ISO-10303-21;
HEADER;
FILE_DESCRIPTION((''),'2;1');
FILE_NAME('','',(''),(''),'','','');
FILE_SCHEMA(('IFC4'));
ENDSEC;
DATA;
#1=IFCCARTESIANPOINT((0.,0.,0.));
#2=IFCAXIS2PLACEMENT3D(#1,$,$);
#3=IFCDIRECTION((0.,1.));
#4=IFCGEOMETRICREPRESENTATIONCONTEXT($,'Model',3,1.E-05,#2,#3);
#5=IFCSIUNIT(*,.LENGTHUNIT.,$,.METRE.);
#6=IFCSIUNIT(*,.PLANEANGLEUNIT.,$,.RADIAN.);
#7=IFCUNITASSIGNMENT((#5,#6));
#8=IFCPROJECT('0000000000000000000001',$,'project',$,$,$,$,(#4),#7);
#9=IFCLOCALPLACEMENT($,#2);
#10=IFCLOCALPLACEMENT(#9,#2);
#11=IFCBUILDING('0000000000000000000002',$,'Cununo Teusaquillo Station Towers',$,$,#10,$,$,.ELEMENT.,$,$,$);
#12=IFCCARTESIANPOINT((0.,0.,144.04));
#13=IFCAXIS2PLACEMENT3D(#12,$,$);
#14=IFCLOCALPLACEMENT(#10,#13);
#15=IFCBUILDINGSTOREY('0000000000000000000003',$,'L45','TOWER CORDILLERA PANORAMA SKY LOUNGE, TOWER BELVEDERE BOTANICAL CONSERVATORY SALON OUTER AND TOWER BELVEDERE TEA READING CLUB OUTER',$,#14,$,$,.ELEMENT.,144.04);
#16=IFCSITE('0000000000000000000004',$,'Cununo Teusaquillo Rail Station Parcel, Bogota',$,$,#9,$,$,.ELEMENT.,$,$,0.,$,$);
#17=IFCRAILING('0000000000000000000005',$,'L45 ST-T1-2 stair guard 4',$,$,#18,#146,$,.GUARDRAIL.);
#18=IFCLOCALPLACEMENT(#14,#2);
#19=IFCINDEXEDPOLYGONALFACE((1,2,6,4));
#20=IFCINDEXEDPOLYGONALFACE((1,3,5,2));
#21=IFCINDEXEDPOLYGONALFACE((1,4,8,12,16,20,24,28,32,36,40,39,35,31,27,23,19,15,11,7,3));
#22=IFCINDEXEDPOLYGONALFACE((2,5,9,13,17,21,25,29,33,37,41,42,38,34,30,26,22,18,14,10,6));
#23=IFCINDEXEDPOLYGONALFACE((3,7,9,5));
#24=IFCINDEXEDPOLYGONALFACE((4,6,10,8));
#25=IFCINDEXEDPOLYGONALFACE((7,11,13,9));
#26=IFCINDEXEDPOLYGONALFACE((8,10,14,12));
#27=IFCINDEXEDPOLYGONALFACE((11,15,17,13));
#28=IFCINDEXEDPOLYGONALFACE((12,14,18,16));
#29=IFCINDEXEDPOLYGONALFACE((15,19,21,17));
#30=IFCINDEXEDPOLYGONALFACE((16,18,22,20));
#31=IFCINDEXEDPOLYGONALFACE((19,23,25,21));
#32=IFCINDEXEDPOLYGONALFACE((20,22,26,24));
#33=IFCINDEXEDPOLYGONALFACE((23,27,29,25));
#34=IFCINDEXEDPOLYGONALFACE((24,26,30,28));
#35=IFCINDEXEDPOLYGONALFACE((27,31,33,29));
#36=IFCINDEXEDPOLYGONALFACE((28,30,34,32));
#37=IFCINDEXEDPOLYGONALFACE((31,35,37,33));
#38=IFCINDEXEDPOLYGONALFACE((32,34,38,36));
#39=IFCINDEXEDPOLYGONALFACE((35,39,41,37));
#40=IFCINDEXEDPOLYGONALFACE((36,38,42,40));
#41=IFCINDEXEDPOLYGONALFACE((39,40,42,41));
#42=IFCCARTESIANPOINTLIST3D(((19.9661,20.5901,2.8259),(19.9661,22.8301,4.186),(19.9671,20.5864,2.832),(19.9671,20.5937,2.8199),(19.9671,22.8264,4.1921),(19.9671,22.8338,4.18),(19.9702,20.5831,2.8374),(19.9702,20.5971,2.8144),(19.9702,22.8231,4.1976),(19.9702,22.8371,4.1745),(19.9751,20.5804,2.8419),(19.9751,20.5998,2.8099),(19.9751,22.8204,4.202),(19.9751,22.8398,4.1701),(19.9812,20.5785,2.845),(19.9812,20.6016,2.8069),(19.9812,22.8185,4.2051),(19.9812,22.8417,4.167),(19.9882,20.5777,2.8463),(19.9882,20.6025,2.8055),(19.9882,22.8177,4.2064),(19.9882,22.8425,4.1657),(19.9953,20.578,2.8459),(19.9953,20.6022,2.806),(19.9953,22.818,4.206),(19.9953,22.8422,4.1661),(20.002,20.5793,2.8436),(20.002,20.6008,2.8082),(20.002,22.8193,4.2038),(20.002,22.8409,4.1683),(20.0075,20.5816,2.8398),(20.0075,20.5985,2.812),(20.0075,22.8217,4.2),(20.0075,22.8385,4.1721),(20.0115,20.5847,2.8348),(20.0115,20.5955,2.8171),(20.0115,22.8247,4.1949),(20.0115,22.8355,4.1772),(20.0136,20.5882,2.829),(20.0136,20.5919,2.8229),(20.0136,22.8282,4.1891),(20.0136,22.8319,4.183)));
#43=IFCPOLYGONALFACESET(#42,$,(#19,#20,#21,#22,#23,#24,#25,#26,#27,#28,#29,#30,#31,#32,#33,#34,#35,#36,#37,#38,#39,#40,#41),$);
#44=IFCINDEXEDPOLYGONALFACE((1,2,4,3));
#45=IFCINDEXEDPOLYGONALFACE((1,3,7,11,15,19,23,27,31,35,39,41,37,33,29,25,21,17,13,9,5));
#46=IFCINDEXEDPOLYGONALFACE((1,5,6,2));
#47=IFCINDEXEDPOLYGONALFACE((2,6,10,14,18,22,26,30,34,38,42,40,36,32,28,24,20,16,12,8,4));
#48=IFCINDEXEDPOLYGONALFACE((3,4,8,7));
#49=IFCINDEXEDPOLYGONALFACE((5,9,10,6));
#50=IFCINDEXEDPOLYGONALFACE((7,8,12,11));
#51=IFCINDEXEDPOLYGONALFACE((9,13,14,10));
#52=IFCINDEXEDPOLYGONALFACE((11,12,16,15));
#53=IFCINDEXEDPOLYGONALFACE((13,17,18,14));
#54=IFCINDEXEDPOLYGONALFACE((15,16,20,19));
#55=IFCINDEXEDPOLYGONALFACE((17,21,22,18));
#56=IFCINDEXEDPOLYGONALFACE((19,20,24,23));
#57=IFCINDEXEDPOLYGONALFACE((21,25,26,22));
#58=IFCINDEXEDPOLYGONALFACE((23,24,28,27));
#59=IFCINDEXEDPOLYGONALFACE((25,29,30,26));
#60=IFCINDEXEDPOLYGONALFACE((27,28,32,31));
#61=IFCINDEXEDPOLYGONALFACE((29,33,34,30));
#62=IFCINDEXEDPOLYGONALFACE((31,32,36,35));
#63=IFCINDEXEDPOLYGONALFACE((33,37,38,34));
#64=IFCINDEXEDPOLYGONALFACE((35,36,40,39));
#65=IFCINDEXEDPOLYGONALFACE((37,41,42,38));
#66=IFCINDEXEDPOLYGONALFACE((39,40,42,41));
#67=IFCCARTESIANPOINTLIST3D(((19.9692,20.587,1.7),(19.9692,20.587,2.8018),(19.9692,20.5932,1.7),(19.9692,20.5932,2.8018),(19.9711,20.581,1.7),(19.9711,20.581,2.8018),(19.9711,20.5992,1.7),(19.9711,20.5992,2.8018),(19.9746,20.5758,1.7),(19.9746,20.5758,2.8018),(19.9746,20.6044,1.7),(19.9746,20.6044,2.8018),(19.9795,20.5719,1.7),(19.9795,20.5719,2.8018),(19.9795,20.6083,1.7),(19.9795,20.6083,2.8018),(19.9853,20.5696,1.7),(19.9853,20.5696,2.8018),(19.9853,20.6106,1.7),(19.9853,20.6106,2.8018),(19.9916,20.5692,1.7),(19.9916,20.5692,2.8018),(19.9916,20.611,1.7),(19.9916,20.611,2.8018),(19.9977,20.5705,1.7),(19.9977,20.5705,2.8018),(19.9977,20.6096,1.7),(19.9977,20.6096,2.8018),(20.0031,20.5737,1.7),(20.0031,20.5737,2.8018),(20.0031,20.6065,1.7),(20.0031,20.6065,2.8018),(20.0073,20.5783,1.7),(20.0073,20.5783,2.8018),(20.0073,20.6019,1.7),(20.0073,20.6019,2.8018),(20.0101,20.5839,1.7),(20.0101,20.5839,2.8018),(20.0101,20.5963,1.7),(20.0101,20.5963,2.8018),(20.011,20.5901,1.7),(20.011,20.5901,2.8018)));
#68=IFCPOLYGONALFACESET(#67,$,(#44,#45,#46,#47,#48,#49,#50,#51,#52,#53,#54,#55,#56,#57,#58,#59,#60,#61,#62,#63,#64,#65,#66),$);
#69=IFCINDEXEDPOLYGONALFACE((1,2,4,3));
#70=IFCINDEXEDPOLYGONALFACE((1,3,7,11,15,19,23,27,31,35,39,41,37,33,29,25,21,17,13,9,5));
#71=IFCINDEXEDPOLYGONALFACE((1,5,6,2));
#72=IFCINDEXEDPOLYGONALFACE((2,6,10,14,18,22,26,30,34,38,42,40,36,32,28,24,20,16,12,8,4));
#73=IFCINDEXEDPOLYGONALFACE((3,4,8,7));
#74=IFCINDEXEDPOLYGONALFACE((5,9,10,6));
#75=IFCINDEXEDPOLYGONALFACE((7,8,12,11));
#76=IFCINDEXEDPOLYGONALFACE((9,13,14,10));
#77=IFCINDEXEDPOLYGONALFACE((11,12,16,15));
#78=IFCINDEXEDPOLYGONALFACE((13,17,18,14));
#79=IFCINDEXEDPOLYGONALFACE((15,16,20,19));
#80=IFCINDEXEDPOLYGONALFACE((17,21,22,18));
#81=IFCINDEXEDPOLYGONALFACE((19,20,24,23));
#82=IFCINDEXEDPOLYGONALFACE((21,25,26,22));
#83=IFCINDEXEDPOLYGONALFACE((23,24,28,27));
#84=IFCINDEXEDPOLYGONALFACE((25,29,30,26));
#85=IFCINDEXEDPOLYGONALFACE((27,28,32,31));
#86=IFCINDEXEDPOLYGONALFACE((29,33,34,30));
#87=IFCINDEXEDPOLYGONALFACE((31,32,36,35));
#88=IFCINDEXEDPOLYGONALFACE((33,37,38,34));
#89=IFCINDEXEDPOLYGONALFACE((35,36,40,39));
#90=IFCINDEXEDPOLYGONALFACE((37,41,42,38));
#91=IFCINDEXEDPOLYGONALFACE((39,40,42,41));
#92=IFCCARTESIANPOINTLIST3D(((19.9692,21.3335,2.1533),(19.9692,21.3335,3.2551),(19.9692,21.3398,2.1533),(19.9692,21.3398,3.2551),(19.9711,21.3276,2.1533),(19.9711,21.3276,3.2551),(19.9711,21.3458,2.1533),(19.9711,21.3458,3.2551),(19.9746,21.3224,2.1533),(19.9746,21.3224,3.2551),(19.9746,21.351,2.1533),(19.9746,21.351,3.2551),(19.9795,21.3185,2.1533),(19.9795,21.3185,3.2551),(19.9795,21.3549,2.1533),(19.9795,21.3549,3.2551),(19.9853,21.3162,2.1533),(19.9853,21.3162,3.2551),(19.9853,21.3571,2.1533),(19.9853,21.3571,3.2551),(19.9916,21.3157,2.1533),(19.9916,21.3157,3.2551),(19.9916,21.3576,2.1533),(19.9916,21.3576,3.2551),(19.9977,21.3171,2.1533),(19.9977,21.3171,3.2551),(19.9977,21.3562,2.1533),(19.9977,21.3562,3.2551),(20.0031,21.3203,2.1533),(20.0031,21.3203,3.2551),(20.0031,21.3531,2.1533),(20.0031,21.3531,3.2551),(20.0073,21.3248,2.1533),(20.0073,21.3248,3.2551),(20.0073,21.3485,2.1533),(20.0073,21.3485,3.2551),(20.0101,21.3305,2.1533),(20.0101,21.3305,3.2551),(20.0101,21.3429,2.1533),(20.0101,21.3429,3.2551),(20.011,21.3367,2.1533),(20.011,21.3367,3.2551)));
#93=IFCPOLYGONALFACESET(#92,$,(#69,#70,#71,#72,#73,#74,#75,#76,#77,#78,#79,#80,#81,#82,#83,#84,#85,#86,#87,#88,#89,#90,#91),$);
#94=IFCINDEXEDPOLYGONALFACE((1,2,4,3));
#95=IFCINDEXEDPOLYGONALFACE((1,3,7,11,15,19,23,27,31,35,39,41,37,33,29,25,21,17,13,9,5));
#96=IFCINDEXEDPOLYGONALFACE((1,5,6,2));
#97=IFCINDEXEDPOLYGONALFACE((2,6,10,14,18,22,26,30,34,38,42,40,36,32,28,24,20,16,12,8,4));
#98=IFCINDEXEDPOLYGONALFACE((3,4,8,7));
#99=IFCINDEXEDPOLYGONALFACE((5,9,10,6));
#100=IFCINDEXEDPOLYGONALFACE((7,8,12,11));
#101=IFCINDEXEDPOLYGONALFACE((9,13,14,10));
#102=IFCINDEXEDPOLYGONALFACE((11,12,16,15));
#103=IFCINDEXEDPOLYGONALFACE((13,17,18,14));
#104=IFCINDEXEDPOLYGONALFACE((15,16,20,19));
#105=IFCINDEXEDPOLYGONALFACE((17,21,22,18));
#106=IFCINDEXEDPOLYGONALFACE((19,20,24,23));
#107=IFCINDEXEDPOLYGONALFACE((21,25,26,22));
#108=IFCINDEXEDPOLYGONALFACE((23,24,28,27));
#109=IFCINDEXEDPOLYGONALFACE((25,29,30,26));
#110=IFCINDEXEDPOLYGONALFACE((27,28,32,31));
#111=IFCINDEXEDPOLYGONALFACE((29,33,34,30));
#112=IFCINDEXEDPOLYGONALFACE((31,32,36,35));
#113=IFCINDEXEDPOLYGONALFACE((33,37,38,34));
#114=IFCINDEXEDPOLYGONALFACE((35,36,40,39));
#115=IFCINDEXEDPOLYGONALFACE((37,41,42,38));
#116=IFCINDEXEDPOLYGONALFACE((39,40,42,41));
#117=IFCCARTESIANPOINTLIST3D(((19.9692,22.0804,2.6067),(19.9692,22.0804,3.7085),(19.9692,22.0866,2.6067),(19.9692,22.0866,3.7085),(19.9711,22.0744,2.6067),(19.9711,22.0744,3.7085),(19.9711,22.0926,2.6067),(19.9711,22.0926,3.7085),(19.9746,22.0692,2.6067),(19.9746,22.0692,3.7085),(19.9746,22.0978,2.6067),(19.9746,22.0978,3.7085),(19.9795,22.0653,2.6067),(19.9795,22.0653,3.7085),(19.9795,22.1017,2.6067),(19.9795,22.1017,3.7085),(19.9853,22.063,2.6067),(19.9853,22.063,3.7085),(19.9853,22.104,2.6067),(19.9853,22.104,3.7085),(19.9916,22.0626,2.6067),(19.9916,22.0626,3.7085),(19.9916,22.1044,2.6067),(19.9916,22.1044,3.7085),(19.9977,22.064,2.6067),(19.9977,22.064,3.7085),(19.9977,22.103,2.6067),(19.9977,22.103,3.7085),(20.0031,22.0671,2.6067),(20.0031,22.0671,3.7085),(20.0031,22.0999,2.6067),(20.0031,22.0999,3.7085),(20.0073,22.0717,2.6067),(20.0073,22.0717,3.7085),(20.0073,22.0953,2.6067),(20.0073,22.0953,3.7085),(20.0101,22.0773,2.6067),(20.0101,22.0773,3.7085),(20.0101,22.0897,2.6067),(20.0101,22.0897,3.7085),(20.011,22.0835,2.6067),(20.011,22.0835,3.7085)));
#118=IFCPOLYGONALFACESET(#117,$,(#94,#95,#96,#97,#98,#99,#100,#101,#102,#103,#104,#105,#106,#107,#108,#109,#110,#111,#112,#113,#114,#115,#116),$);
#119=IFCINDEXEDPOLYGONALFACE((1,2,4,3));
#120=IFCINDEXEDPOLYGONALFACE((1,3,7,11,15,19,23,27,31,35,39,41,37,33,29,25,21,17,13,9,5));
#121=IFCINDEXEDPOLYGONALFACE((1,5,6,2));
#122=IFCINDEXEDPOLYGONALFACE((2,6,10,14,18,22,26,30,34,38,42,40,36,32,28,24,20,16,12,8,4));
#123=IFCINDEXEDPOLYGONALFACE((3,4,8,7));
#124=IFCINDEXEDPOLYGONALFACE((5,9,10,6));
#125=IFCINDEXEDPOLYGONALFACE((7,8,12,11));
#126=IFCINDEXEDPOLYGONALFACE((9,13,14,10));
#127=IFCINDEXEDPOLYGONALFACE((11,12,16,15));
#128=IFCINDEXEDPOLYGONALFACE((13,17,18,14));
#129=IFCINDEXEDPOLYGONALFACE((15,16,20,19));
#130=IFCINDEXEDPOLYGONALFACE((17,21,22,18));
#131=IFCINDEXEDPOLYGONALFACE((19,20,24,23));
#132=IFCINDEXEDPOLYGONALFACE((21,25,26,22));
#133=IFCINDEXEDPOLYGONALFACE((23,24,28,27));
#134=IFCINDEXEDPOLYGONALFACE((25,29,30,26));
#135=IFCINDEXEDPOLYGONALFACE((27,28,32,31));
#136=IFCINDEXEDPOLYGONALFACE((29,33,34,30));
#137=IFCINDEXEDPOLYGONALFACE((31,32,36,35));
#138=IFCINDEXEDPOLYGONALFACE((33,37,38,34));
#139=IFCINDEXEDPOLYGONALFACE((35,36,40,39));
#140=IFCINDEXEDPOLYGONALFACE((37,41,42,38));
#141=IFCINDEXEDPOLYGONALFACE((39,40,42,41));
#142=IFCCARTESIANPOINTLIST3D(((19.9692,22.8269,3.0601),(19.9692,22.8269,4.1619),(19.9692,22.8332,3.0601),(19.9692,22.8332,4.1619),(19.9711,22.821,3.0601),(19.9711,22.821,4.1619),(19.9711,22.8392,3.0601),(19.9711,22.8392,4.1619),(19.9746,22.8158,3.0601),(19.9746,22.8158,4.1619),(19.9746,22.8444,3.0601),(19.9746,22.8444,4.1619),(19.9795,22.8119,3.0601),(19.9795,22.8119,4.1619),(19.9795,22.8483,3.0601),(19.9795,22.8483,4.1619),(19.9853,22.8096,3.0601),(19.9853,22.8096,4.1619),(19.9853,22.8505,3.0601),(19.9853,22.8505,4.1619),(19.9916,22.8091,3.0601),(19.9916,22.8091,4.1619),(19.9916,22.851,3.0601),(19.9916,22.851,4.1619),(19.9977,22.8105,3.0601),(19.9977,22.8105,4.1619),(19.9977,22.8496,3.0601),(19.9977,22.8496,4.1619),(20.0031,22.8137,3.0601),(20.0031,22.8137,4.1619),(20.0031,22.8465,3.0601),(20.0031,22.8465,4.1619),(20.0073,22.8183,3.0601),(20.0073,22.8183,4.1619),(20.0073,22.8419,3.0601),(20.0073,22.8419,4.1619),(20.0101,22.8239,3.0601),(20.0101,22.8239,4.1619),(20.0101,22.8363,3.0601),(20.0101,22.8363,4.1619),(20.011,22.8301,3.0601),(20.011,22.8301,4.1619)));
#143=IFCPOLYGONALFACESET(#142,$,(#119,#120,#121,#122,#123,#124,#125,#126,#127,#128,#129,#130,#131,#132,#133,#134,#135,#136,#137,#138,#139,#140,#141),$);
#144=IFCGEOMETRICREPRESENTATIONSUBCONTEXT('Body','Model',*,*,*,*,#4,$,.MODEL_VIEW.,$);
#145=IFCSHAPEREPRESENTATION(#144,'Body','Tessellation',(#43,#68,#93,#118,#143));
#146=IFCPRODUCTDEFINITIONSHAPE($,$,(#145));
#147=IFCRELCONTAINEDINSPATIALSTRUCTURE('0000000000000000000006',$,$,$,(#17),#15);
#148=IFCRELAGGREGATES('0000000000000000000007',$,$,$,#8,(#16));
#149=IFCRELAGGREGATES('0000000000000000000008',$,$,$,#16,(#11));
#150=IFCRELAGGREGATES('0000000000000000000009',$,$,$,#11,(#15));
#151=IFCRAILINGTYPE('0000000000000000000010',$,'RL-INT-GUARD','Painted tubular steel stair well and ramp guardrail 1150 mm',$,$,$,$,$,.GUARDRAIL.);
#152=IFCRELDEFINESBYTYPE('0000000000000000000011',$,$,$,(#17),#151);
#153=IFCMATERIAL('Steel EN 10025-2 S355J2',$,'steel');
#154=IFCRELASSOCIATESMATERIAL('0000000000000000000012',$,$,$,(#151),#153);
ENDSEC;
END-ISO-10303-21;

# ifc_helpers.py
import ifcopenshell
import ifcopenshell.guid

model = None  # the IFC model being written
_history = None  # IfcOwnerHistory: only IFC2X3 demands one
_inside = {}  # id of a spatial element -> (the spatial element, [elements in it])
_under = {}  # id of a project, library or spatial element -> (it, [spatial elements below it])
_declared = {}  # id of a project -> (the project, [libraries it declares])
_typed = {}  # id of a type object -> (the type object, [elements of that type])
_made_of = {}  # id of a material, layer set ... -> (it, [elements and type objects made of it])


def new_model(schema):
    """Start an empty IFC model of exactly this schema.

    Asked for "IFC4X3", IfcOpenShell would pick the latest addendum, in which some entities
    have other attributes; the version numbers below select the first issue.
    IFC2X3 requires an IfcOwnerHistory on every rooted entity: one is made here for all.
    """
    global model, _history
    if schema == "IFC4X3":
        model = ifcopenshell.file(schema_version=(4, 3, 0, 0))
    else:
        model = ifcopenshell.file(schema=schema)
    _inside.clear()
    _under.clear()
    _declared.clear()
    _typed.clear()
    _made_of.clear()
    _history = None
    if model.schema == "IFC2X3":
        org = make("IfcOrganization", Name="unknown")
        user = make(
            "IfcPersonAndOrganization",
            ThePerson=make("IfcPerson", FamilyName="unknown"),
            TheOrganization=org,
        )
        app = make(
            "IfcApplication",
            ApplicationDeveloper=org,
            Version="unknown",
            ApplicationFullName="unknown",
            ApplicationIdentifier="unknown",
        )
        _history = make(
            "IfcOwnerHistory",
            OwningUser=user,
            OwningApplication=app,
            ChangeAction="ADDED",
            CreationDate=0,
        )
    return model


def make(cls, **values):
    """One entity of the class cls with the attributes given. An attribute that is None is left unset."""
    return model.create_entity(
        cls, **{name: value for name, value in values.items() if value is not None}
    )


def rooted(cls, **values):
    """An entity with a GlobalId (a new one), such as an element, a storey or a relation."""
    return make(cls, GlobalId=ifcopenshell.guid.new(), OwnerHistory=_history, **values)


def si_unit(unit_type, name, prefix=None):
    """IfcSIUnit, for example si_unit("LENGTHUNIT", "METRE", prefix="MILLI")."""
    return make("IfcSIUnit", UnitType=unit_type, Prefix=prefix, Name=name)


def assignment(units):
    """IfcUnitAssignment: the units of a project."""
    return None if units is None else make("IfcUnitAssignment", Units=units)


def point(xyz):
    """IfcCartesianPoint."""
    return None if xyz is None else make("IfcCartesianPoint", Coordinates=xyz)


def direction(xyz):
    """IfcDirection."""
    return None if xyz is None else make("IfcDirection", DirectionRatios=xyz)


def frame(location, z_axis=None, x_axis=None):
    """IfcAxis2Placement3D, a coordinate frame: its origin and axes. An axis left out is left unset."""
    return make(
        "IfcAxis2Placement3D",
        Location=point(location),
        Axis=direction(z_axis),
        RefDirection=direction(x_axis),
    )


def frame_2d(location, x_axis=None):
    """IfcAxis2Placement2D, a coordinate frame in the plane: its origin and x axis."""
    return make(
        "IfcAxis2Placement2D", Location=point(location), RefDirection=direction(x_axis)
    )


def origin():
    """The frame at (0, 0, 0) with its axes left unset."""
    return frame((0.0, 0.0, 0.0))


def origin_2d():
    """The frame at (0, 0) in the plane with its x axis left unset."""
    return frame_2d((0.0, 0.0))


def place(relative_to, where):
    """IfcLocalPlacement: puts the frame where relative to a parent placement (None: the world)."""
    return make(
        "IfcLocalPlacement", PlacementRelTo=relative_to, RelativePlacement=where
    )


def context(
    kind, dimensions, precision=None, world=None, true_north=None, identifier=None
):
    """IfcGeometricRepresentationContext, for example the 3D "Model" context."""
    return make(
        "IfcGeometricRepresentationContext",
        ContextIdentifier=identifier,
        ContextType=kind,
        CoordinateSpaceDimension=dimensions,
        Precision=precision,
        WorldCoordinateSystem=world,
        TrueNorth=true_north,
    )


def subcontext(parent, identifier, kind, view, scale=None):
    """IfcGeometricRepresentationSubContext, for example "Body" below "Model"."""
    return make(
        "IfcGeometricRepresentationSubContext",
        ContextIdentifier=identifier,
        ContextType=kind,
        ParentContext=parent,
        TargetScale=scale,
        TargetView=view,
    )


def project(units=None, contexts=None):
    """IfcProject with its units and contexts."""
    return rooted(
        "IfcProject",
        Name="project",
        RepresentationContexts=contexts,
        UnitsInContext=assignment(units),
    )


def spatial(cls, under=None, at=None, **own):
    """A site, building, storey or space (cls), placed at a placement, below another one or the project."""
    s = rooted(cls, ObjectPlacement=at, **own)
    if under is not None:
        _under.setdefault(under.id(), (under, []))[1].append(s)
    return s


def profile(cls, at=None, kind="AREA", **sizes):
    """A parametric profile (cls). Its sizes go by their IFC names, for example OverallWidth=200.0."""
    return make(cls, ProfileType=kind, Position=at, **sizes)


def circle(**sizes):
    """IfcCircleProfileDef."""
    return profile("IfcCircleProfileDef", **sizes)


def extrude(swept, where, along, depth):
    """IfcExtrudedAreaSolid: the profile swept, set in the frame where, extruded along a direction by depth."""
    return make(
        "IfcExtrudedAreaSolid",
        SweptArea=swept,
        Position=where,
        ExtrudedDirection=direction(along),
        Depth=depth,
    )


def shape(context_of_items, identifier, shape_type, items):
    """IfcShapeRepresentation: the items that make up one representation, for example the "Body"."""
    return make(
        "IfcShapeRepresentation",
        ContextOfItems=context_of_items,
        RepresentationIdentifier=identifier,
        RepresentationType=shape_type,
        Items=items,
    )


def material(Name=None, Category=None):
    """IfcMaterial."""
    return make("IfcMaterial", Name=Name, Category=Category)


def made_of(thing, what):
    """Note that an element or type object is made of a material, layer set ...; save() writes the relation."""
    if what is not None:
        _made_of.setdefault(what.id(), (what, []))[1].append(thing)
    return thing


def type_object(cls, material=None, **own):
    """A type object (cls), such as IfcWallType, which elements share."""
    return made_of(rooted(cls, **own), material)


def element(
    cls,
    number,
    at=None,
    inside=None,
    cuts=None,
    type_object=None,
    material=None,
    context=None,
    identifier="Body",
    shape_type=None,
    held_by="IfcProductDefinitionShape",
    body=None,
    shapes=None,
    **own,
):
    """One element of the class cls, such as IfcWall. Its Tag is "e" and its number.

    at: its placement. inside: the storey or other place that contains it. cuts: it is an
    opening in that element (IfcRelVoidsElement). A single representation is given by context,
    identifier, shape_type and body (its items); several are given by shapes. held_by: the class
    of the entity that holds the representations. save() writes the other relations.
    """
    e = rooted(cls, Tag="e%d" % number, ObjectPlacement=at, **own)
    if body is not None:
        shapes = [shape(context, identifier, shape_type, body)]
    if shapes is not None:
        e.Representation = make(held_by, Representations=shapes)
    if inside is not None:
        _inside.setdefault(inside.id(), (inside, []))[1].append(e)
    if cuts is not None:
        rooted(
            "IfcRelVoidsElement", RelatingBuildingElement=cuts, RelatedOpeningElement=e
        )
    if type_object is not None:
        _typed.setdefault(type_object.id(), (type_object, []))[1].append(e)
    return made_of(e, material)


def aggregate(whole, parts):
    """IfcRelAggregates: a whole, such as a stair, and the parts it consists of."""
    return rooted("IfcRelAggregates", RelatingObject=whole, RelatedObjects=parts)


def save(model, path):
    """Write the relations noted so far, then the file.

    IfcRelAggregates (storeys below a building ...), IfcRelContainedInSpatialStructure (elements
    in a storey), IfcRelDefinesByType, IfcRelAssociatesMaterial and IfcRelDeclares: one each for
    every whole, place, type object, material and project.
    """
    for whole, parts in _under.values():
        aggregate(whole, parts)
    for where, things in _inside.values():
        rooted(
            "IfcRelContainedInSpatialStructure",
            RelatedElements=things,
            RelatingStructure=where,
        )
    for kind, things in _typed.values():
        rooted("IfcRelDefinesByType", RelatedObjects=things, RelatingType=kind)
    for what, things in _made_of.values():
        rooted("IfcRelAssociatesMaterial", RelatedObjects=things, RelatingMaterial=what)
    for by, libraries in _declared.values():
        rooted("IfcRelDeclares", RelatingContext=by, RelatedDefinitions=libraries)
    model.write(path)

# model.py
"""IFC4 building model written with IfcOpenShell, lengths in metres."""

from ifc_helpers import new_model, si_unit, direction, frame, origin, origin_2d, place, context, subcontext, project, spatial, circle, extrude, material, type_object, element, save


model = new_model("IFC4")

# Units and contexts
model_context = context("Model", 3, precision=1e-05, world=origin(), true_north=direction((0.0, 1.0)))
body_context = subcontext(model_context, "Body", "Model", "MODEL_VIEW")
ifc_project = project(units=[si_unit("LENGTHUNIT", "METRE"), si_unit("PLANEANGLEUNIT", "RADIAN")], contexts=[model_context])

# Site, building, storey
site_placement = place(None, origin())
site = spatial("IfcSite", under=ifc_project, at=site_placement, Name="Cununo Teusaquillo Rail Station Parcel, Bogota", CompositionType="ELEMENT", RefElevation=0.0)
building_placement = place(site_placement, origin())
building = spatial("IfcBuilding", under=site, at=building_placement, Name="Cununo Teusaquillo Station Towers", CompositionType="ELEMENT")
storey_placement = place(building_placement, frame((0.0, 0.0, 144.04)))
storey = spatial("IfcBuildingStorey", under=building, at=storey_placement, Name="L45", Description="TOWER CORDILLERA PANORAMA SKY LOUNGE, TOWER BELVEDERE BOTANICAL CONSERVATORY SALON OUTER AND TOWER BELVEDERE TEA READING CLUB OUTER", CompositionType="ELEMENT", Elevation=144.04)

# Railing
ifc_material_1 = material(Name="Steel EN 10025-2 S355J2", Category="steel")
railing_type_1 = type_object("IfcRailingType", Name="RL-INT-GUARD", Description="Painted tubular steel stair well and ramp guardrail 1150 mm", PredefinedType="GUARDRAIL", material=ifc_material_1)
railing_1_placement = place(storey_placement, frame((19.99, 20.5901, 1.7)))
element("IfcRailing", 1, at=railing_1_placement, inside=storey, type_object=railing_type_1, Name="L45 ST-T1-2 stair guard 4", PredefinedType="GUARDRAIL", context=body_context, shape_type="SweptSolid", body=[
    extrude(circle(Radius=0.0239, at=origin_2d()), frame((0.0, 0.0, 1.126), z_axis=(0.0, 0.854768, 0.51901), x_axis=(-1.0, 0.0, 0.0)), (0.0, 0.0, 1.0), 2.6206),
    extrude(circle(Radius=0.021, at=origin_2d()), origin(), (0.0, 0.0, 1.0), 1.1018),
    extrude(circle(Radius=0.021, at=origin_2d()), frame((0.0, 0.7466, 0.4534)), (0.0, 0.0, 1.0), 1.1018),
    extrude(circle(Radius=0.021, at=origin_2d()), frame((0.0, 1.4934, 0.9067)), (0.0, 0.0, 1.0), 1.1018),
    extrude(circle(Radius=0.021, at=origin_2d()), frame((0.0, 2.24, 1.3601)), (0.0, 0.0, 1.0), 1.1018),
])

save(model, "model.ifc")
